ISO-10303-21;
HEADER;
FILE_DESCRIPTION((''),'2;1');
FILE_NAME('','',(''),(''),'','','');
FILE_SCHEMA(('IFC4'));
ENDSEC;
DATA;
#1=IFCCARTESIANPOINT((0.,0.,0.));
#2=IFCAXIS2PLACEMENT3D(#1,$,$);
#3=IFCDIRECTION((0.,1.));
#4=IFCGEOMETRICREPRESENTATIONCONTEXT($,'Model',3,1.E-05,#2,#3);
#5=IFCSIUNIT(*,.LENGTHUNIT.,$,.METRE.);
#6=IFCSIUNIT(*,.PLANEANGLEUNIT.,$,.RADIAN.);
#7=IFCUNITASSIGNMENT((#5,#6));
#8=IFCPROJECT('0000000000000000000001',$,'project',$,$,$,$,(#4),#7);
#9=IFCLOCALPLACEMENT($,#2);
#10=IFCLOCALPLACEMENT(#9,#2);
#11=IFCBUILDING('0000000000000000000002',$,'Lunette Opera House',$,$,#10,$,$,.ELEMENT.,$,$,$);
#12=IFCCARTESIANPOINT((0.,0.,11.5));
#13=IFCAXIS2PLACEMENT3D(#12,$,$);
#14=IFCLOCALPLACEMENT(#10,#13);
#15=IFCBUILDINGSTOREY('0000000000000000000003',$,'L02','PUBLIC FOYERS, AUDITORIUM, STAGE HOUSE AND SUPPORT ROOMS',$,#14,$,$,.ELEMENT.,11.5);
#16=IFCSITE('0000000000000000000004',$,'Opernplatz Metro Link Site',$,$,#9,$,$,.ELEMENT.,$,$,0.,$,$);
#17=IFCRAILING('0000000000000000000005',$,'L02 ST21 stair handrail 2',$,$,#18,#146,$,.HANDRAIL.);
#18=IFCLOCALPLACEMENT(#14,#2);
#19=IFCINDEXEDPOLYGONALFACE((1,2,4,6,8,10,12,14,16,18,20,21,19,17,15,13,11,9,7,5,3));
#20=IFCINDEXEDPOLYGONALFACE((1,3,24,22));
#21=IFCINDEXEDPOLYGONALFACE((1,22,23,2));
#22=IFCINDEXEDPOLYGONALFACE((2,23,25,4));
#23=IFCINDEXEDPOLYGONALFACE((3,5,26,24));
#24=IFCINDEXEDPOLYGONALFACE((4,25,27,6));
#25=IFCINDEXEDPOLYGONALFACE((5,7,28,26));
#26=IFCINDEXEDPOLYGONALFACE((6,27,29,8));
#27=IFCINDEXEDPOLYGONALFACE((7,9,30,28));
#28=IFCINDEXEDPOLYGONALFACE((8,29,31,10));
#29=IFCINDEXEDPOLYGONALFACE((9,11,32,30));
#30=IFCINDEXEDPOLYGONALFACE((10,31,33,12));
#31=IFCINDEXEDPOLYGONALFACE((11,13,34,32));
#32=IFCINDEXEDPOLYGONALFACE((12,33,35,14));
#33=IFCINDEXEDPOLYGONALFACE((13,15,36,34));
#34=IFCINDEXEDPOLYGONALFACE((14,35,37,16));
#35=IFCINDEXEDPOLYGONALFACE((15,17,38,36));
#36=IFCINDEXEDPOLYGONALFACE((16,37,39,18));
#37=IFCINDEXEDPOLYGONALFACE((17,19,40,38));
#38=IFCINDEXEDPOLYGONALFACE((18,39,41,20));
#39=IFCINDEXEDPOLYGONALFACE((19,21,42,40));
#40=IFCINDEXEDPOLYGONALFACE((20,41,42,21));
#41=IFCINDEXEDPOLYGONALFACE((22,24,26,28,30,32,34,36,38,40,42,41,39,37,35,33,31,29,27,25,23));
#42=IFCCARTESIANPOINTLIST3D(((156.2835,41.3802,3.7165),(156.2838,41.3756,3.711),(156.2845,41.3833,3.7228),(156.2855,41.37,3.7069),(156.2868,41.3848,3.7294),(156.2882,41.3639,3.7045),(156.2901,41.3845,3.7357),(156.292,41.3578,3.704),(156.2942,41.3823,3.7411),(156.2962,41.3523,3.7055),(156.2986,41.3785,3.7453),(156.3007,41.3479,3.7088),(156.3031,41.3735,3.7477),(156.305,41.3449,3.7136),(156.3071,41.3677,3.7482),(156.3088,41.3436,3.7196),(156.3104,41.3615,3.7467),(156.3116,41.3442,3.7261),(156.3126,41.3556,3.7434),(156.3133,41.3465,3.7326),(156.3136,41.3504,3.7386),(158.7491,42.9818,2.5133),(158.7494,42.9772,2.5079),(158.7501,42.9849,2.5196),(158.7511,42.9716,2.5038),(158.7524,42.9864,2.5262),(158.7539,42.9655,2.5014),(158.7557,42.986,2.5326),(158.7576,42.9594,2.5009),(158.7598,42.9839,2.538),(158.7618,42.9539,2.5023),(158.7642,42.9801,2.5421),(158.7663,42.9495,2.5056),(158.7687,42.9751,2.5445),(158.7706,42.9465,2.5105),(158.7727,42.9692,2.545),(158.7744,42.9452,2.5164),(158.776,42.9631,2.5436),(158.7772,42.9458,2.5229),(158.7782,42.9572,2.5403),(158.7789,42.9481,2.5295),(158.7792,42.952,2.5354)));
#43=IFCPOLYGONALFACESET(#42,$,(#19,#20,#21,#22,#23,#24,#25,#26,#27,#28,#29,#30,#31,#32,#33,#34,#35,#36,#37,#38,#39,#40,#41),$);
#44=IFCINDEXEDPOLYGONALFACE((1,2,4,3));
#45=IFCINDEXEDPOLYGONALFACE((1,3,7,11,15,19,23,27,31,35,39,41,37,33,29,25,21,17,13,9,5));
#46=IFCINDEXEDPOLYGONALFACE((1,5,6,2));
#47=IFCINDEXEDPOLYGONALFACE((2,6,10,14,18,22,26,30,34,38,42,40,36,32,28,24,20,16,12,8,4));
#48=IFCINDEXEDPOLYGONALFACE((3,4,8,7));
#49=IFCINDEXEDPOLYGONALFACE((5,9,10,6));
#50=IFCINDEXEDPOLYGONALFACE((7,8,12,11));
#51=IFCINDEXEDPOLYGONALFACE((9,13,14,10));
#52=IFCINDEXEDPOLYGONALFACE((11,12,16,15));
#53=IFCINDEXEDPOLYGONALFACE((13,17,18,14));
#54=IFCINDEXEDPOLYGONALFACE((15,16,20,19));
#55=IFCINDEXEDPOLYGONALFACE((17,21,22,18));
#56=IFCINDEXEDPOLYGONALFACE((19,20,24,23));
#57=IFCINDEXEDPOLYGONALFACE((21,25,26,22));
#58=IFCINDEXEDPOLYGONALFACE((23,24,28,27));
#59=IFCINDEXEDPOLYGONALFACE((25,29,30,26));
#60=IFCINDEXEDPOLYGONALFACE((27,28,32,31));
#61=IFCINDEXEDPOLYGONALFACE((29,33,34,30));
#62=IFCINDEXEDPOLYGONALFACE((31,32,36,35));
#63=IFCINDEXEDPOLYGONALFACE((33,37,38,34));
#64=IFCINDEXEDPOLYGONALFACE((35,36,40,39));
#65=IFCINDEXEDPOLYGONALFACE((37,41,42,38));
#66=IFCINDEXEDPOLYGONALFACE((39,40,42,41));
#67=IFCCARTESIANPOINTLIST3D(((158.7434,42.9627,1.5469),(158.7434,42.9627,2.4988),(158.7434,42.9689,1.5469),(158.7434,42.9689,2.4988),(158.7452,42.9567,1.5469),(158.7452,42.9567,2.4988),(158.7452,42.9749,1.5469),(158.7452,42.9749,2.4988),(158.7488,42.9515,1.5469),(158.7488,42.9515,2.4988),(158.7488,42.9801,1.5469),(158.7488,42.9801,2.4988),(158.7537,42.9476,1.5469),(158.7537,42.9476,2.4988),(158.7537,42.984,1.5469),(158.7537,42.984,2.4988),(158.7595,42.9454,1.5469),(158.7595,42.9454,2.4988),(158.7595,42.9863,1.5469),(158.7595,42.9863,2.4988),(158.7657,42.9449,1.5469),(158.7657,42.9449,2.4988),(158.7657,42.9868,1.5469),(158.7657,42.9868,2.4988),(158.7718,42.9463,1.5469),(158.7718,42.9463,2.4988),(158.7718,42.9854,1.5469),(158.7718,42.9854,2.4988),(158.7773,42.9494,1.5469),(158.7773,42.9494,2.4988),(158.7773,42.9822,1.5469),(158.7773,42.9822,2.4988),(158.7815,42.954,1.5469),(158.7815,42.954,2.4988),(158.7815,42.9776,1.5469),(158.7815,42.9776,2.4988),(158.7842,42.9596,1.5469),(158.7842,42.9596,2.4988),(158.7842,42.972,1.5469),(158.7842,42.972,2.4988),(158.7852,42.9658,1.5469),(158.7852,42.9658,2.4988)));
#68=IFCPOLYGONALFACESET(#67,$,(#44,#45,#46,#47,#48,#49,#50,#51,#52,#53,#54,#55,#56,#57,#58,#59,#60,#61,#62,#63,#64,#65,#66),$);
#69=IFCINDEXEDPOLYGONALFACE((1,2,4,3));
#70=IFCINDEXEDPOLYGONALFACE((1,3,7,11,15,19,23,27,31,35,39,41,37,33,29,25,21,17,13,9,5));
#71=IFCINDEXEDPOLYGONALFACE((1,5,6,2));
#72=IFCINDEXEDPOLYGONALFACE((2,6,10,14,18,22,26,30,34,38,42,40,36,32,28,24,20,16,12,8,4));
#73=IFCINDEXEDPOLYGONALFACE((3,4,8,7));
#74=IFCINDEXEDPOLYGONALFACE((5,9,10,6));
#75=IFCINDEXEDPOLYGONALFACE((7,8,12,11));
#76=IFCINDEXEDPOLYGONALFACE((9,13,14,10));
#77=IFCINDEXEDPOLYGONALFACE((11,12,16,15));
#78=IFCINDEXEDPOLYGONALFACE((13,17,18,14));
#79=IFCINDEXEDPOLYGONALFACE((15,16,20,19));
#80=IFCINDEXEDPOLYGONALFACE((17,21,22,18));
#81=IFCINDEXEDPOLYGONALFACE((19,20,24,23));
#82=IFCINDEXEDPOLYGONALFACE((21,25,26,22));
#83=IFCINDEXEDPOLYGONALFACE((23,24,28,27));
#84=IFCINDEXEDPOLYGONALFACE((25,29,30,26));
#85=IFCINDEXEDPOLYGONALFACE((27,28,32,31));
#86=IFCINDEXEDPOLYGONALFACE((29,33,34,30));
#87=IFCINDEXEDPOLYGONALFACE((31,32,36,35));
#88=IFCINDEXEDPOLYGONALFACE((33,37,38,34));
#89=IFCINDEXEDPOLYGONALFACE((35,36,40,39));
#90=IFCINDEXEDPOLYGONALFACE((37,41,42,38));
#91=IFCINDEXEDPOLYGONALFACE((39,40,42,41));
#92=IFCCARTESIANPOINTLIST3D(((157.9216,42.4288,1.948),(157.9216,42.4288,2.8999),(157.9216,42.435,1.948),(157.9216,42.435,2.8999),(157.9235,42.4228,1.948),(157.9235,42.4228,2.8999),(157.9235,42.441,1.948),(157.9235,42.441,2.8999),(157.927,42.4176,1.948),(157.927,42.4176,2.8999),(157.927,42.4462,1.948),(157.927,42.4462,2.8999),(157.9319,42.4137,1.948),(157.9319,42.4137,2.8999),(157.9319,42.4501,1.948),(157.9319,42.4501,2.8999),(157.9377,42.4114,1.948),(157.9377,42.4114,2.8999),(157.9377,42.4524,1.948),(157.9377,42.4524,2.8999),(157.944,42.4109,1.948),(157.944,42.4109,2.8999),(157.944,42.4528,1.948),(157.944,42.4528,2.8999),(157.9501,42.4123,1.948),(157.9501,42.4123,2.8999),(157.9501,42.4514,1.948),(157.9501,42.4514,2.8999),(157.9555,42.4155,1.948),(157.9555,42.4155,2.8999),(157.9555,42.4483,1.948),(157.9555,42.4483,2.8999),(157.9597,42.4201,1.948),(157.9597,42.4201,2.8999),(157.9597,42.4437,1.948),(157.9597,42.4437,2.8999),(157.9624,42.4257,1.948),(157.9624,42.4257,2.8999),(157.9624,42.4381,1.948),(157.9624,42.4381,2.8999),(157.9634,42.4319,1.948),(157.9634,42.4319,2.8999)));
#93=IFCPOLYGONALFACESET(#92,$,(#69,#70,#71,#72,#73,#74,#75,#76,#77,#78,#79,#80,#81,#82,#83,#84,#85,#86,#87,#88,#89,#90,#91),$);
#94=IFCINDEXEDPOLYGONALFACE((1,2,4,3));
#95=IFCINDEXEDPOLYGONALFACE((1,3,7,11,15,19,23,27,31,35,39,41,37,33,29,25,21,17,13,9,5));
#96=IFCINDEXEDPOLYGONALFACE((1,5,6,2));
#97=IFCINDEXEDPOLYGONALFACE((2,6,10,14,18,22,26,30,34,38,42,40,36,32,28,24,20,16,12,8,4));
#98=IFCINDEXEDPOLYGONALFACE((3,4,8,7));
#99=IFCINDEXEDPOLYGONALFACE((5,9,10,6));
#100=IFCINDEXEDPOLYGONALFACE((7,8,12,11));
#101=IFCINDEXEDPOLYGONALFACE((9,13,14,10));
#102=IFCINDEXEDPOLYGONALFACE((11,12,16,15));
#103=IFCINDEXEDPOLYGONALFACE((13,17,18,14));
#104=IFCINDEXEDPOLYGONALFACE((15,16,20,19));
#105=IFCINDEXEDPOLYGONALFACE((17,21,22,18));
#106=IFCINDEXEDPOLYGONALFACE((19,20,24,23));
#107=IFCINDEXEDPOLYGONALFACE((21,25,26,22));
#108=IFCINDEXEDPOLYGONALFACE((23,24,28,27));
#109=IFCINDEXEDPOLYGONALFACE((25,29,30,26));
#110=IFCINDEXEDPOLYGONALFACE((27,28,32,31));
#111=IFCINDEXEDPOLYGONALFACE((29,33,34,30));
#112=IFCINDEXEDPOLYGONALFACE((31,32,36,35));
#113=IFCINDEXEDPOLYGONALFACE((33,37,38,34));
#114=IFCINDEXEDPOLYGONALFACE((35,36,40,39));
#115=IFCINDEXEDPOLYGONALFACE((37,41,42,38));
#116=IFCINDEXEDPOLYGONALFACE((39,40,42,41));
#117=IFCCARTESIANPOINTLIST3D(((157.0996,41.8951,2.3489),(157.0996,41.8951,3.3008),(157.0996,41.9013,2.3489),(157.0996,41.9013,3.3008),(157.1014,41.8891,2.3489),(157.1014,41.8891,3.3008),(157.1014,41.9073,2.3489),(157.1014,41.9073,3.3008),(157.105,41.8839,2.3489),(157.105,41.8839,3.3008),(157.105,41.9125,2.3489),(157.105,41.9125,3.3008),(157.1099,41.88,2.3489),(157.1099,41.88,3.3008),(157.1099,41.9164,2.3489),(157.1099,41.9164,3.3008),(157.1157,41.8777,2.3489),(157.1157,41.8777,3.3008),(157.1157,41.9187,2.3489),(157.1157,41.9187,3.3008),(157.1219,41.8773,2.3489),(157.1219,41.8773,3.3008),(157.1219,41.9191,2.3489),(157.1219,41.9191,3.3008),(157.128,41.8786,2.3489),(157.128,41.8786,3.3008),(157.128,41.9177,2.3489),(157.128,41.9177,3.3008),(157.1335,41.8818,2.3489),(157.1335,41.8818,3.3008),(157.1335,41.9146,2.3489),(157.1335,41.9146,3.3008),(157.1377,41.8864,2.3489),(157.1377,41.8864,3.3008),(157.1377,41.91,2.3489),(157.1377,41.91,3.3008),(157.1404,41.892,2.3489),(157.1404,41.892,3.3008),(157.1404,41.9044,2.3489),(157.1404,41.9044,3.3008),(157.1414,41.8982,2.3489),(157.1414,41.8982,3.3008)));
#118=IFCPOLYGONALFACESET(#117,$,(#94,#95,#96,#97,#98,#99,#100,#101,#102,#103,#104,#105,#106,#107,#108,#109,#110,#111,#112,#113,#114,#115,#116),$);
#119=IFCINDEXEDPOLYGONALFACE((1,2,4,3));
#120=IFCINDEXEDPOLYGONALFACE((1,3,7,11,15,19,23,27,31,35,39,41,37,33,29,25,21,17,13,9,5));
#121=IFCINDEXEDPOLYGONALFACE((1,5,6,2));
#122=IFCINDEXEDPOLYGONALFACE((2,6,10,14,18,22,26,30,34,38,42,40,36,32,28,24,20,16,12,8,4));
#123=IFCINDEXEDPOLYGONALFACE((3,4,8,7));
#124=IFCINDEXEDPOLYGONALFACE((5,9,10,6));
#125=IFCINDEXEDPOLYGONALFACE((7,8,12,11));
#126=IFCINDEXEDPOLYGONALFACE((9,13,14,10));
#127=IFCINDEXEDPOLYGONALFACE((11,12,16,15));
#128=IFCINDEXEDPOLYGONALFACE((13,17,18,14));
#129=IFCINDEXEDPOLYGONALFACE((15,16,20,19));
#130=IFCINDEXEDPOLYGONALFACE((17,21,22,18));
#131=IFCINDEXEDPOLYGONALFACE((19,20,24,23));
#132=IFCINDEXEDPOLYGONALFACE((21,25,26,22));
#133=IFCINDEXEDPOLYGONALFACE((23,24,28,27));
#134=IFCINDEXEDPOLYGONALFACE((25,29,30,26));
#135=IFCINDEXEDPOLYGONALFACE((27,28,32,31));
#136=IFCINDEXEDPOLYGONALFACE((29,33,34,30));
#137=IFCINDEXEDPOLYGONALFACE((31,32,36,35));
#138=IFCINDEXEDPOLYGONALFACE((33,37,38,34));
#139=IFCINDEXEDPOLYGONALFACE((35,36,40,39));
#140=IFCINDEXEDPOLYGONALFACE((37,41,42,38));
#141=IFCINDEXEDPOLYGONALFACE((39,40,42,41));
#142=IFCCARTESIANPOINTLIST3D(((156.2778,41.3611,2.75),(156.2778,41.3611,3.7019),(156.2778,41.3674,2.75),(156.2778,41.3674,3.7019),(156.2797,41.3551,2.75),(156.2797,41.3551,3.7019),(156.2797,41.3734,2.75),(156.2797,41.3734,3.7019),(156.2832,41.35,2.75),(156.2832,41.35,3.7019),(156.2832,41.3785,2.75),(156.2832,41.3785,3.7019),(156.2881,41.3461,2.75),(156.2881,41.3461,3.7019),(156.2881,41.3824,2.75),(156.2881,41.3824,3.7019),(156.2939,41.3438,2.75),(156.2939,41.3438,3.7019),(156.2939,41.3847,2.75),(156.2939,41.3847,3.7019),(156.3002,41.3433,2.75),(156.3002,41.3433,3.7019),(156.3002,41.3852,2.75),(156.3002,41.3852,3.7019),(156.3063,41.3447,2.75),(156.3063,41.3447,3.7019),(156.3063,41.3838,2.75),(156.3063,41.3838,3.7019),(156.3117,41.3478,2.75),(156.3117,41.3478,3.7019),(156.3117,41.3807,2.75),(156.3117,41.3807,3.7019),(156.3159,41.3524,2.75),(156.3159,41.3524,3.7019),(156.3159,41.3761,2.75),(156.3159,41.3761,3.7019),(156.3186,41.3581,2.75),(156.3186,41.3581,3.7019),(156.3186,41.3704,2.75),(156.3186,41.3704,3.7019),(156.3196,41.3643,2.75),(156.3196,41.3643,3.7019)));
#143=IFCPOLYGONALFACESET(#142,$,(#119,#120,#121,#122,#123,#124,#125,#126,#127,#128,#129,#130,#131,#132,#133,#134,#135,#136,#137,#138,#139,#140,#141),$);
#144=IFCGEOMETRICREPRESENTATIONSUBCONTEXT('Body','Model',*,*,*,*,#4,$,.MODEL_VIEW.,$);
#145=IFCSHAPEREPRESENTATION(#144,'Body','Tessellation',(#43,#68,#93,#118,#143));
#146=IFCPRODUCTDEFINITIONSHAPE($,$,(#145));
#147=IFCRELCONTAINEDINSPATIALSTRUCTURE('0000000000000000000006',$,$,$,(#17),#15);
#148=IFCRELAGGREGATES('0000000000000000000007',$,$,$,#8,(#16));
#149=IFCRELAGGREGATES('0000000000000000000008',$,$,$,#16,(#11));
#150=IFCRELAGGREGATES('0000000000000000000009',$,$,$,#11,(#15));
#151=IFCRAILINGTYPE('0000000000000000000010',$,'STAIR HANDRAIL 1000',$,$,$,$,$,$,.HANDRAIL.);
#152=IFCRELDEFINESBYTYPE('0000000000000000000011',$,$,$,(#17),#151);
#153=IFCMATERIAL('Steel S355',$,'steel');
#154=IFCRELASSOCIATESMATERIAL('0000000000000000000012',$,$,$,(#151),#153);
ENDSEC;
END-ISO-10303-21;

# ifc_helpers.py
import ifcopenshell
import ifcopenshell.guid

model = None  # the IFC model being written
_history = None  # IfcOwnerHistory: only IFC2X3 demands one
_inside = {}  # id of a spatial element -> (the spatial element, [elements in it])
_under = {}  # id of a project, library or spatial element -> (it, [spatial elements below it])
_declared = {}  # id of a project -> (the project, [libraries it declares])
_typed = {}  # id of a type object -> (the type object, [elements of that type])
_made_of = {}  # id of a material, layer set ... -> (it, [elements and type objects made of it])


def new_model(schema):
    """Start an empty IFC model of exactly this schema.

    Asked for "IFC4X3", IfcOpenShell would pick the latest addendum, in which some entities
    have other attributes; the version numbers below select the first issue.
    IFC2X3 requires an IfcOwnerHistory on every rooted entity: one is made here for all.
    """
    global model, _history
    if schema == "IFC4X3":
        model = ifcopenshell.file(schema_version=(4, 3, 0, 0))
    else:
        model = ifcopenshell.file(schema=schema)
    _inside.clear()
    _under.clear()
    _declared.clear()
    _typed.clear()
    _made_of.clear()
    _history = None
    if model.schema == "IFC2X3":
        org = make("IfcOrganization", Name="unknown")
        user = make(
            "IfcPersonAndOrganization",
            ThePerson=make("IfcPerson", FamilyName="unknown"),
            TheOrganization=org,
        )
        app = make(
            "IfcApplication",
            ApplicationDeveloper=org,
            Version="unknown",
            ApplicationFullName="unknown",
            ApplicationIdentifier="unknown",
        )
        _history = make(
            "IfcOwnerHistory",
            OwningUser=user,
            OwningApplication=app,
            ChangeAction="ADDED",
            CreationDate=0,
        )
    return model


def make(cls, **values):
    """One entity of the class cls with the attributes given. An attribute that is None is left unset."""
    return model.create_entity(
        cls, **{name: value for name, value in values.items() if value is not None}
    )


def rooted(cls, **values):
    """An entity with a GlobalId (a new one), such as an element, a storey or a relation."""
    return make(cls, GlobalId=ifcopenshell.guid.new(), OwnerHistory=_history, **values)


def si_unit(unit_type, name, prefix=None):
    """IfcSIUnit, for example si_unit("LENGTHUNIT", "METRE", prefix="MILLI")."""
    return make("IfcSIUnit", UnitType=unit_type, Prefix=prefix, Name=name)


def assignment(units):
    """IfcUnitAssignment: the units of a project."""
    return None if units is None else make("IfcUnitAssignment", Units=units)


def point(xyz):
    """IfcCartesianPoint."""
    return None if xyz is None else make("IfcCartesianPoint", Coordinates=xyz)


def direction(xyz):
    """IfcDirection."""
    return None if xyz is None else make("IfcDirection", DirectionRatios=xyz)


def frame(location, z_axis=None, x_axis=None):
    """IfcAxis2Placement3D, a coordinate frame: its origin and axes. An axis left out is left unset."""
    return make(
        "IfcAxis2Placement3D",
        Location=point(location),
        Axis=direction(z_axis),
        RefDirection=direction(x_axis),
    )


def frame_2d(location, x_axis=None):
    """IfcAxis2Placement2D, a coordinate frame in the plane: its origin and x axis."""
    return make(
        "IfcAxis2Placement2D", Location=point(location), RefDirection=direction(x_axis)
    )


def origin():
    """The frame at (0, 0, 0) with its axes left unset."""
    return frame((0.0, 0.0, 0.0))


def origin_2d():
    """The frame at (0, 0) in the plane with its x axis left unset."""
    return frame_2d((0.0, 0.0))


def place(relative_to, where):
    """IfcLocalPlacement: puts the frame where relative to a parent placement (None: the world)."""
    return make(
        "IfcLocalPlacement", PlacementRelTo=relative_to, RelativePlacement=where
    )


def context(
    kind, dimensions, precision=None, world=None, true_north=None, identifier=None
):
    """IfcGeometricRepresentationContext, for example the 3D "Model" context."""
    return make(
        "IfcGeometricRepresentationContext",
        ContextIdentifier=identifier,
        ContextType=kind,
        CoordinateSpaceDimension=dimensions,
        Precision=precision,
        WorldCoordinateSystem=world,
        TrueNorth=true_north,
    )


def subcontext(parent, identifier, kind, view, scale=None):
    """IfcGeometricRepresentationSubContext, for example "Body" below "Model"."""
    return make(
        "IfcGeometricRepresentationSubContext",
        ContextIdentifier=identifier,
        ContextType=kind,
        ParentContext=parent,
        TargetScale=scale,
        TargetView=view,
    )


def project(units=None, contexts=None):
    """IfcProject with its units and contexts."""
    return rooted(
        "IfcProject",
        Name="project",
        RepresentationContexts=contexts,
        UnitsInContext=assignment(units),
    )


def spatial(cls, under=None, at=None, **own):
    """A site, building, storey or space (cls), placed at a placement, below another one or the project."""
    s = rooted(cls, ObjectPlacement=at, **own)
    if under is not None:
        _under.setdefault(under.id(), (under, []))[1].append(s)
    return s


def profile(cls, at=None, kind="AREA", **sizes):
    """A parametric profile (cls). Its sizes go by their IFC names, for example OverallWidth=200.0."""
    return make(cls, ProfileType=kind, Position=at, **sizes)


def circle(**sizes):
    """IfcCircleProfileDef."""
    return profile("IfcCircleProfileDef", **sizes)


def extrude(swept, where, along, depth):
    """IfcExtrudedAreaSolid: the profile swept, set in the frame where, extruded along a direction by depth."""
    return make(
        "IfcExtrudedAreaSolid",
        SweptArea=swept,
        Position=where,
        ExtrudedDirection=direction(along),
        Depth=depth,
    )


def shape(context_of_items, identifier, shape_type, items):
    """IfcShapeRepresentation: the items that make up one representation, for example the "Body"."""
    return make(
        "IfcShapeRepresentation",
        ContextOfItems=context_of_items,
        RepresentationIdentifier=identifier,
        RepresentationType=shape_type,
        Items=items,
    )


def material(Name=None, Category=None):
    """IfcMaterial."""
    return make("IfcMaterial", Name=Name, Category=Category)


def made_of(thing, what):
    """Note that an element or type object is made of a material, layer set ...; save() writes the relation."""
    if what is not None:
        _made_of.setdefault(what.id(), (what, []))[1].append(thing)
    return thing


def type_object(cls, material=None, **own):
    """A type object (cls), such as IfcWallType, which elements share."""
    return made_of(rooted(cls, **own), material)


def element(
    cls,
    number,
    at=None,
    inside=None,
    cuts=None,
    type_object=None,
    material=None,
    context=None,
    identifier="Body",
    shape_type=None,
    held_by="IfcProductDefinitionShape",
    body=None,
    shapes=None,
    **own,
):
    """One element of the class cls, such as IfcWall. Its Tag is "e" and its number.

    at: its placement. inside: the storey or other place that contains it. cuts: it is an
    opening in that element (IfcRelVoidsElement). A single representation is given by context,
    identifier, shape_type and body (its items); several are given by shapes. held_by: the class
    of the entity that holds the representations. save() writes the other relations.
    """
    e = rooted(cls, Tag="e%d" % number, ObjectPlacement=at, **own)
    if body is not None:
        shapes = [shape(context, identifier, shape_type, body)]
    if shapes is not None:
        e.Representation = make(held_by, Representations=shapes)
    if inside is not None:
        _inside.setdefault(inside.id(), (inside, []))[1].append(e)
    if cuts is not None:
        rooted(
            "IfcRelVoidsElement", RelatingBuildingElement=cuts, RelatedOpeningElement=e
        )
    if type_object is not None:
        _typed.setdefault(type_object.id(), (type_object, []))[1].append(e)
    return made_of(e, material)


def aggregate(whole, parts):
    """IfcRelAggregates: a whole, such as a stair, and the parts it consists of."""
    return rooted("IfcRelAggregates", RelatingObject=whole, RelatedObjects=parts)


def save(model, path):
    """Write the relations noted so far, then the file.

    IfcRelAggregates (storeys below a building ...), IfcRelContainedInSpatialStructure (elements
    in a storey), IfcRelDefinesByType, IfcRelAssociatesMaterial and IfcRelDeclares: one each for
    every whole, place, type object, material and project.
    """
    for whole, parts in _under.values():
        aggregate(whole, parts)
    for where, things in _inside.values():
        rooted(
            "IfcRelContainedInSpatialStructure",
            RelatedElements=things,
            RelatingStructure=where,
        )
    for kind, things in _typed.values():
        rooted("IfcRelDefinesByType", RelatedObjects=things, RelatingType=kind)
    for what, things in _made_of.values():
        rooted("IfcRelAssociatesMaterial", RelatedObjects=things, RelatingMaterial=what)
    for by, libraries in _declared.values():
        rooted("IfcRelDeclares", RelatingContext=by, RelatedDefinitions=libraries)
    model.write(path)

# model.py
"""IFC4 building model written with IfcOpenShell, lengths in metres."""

from ifc_helpers import new_model, si_unit, direction, frame, origin, origin_2d, place, context, subcontext, project, spatial, circle, extrude, material, type_object, element, save


model = new_model("IFC4")

# Units and contexts
model_context = context("Model", 3, precision=1e-05, world=origin(), true_north=direction((0.0, 1.0)))
body_context = subcontext(model_context, "Body", "Model", "MODEL_VIEW")
ifc_project = project(units=[si_unit("LENGTHUNIT", "METRE"), si_unit("PLANEANGLEUNIT", "RADIAN")], contexts=[model_context])

# Site, building, storey
site_placement = place(None, origin())
site = spatial("IfcSite", under=ifc_project, at=site_placement, Name="Opernplatz Metro Link Site", CompositionType="ELEMENT", RefElevation=0.0)
building_placement = place(site_placement, origin())
building = spatial("IfcBuilding", under=site, at=building_placement, Name="Lunette Opera House", CompositionType="ELEMENT")
storey_placement = place(building_placement, frame((0.0, 0.0, 11.5)))
storey = spatial("IfcBuildingStorey", under=building, at=storey_placement, Name="L02", Description="PUBLIC FOYERS, AUDITORIUM, STAGE HOUSE AND SUPPORT ROOMS", CompositionType="ELEMENT", Elevation=11.5)

# Railing
ifc_material_1 = material(Name="Steel S355", Category="steel")
railing_type_1 = type_object("IfcRailingType", Name="STAIR HANDRAIL 1000", PredefinedType="HANDRAIL", material=ifc_material_1)
for number, where, name in (
    (1, (158.7642, 42.9658, 1.5469), "L02 ST21 stair handrail 2"),
):
    element("IfcRailing", number, at=place(storey_placement, frame(where)), inside=storey, type_object=railing_type_1, Name=name, PredefinedType="HANDRAIL", context=body_context, shape_type="SweptSolid", body=[
        extrude(circle(Radius=0.0239, at=origin_2d()), frame((0.0, 0.0, 0.9761), z_axis=(-0.776138, -0.504155, 0.378731), x_axis=(0.544734, -0.838609, 0.0)), (0.0, 0.0, 1.0), 3.1768),
        extrude(circle(Radius=0.021, at=origin_2d()), origin(), (0.0, 0.0, 1.0), 0.9519),
        extrude(circle(Radius=0.021, at=origin_2d()), frame((-0.8218, -0.5339, 0.4011)), (0.0, 0.0, 1.0), 0.9519),
        extrude(circle(Radius=0.021, at=origin_2d()), frame((-1.6438, -1.0676, 0.802)), (0.0, 0.0, 1.0), 0.9519),
        extrude(circle(Radius=0.021, at=origin_2d()), frame((-2.4656, -1.6016, 1.2031)), (0.0, 0.0, 1.0), 0.9519),
    ])

save(model, "model.ifc")
